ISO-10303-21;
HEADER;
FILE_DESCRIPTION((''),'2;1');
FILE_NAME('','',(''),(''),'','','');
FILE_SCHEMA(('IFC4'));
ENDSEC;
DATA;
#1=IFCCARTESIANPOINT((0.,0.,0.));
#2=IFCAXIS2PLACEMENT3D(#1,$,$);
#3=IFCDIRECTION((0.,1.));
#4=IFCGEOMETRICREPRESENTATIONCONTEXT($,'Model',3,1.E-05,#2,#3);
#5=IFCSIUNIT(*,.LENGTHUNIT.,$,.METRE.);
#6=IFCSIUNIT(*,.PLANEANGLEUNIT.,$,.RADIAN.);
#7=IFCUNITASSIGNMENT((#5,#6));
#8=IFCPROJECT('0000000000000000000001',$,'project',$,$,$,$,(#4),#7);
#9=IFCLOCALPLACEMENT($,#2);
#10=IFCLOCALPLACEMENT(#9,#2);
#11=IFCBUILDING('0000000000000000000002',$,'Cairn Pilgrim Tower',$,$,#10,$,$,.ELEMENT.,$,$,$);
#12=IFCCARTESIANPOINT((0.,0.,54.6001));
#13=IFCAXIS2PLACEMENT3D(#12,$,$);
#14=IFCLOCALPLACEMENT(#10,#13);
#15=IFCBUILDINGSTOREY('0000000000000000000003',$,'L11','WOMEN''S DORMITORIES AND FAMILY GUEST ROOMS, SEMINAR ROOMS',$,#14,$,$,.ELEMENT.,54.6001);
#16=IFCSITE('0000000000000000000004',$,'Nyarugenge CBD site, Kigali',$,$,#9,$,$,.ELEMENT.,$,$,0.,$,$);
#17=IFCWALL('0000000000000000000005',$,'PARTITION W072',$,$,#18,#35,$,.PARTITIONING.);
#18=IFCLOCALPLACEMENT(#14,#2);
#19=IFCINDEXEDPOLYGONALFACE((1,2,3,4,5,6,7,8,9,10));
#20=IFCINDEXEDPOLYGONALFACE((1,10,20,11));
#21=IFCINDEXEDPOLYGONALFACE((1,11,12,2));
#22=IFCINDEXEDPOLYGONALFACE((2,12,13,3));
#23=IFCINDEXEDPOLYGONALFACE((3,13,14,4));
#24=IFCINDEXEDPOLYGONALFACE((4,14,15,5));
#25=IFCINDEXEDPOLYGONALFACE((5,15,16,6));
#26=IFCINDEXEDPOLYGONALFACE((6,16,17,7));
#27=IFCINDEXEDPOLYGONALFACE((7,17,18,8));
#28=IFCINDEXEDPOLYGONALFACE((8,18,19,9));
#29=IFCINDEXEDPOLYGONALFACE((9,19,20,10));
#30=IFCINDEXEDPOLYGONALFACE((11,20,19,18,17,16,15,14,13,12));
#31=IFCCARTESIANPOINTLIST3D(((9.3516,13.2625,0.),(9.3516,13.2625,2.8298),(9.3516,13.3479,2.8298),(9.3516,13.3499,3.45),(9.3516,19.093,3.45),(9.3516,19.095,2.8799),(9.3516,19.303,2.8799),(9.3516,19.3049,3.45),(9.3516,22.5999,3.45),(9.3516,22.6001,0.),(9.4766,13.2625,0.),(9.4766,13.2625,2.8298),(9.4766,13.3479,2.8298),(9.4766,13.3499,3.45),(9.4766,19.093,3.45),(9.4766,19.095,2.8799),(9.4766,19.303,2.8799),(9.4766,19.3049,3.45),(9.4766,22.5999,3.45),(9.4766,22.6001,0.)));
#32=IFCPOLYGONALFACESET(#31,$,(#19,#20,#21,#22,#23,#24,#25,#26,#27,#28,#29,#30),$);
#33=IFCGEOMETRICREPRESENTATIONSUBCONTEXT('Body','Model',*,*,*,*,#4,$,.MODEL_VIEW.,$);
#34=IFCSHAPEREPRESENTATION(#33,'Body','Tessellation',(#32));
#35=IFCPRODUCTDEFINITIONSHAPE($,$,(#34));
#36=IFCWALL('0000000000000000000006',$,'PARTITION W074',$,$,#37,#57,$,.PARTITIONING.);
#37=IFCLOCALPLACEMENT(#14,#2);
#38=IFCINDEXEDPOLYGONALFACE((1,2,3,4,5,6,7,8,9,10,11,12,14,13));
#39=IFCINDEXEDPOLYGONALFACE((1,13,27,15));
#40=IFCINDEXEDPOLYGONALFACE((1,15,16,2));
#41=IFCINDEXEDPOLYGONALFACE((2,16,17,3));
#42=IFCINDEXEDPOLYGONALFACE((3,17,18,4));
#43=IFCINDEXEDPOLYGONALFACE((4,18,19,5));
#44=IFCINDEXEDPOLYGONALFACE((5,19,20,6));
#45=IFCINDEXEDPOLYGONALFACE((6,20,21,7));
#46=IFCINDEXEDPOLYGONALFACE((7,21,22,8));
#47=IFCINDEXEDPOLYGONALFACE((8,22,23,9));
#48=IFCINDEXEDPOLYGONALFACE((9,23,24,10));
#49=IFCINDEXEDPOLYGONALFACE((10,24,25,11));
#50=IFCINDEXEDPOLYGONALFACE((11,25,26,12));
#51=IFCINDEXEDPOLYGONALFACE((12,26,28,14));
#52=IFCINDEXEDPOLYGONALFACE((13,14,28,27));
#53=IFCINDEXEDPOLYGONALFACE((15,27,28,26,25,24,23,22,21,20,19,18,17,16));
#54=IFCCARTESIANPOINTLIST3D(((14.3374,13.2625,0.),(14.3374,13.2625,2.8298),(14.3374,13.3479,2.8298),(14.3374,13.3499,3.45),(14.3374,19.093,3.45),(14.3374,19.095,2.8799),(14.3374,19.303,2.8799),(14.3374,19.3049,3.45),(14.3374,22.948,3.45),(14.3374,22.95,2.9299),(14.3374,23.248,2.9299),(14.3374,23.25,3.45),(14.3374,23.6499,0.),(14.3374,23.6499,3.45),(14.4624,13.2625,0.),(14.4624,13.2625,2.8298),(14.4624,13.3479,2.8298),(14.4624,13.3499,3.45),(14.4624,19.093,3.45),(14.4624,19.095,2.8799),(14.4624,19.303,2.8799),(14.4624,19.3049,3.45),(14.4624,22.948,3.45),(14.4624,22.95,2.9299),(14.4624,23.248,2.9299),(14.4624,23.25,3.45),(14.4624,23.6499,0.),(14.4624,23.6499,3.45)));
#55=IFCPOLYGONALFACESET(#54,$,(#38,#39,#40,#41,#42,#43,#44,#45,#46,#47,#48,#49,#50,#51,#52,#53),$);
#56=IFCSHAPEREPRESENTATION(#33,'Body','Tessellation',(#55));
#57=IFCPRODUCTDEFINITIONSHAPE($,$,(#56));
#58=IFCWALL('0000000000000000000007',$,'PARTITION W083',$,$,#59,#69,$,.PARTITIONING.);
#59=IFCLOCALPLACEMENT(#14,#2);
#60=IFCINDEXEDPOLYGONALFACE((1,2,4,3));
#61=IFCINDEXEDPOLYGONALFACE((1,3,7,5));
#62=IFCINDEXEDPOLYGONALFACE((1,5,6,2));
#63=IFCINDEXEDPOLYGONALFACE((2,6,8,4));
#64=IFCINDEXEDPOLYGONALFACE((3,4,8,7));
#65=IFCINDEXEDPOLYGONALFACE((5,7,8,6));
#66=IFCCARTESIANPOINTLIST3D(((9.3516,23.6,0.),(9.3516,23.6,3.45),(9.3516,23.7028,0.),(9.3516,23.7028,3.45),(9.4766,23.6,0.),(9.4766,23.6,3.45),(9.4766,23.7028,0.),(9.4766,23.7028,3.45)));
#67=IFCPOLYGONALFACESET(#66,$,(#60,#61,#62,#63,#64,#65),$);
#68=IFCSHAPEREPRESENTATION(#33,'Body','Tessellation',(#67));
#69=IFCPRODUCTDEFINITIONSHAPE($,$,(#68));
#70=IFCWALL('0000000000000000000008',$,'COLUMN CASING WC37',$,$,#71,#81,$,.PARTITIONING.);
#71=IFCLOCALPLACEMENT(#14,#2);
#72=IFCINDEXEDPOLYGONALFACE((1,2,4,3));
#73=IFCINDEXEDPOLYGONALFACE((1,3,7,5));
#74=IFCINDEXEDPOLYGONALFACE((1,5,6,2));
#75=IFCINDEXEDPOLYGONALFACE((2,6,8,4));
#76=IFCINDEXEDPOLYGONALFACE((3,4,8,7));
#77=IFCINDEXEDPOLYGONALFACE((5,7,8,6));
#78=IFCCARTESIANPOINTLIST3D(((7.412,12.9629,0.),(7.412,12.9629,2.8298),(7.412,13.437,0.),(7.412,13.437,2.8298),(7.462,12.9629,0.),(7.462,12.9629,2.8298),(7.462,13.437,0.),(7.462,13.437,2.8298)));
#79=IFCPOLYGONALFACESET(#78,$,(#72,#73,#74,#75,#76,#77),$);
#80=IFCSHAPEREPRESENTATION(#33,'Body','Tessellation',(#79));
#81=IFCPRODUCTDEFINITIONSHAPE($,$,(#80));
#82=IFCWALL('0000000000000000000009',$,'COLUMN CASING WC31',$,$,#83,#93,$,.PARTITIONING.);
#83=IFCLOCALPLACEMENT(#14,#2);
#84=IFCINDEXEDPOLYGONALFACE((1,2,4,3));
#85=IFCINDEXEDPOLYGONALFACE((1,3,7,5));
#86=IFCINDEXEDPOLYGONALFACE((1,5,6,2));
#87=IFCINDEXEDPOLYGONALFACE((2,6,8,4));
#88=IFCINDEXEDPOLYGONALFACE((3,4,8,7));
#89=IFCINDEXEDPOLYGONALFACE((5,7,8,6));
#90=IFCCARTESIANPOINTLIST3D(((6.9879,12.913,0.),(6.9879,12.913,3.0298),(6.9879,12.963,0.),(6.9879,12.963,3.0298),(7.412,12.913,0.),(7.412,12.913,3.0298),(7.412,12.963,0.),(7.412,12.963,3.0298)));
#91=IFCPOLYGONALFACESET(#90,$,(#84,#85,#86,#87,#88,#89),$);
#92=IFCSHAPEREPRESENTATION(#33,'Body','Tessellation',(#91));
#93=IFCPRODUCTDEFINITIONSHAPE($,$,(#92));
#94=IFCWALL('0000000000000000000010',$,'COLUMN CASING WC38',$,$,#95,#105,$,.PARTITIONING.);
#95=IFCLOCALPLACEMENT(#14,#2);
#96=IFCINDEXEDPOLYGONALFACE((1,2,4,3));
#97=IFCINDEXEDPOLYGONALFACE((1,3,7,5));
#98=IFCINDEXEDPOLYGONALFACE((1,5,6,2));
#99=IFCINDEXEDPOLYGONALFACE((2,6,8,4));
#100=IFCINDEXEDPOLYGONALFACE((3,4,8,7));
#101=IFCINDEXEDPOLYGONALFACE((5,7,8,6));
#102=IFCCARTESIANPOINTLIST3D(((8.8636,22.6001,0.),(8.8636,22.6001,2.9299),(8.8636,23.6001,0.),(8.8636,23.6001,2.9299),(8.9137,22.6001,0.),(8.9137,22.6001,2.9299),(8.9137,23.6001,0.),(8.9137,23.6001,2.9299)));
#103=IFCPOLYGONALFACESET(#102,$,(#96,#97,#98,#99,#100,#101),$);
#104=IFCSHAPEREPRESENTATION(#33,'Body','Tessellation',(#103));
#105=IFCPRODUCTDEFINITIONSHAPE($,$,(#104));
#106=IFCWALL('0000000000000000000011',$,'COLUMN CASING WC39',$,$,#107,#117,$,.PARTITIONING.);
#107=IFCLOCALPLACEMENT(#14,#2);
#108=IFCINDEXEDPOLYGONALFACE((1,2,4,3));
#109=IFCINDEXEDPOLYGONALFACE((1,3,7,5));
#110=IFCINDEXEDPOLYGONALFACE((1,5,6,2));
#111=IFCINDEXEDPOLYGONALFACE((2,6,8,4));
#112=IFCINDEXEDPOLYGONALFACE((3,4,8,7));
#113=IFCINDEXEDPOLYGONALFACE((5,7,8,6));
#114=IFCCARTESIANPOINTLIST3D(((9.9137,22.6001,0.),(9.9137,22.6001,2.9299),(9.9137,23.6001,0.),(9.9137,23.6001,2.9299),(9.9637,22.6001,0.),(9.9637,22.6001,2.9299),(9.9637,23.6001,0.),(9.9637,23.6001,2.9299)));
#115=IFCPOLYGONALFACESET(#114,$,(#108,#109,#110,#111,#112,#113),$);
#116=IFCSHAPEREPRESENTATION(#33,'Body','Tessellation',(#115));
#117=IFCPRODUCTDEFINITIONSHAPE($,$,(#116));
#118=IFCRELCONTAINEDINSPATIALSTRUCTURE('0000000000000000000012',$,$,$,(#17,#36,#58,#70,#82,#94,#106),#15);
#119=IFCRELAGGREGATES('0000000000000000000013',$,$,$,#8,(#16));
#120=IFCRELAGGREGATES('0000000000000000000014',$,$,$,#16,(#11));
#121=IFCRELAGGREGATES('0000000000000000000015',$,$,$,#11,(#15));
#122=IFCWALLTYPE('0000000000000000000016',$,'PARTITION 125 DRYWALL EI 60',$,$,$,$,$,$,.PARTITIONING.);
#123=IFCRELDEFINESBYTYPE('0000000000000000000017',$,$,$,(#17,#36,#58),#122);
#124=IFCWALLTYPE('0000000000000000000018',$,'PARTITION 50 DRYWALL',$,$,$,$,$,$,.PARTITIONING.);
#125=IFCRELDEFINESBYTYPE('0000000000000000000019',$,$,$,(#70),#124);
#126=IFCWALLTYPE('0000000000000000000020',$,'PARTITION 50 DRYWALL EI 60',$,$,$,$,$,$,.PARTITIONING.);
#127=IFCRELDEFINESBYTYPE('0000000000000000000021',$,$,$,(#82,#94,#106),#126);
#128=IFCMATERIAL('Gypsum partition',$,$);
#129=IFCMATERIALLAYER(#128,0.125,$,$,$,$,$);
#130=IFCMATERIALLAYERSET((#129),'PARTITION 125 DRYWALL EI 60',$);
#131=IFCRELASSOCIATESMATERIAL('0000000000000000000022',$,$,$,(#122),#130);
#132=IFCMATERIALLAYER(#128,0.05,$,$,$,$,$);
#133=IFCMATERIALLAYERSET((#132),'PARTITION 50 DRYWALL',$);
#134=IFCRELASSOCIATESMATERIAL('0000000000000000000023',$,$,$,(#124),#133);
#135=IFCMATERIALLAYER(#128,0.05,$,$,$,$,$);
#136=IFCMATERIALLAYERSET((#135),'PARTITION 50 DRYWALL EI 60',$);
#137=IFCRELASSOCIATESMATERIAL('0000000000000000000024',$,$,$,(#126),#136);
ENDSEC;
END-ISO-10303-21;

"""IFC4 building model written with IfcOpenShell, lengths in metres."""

from ifc_helpers import new_model, si_unit, direction, frame, frame_2d, origin, place, context, subcontext, project, spatial, polyline, rectangle, outline, extrude, material, layer, layer_set, type_object, element, save


model = new_model("IFC4")

# Units and contexts
model_context = context("Model", 3, precision=1e-05, world=origin(), true_north=direction((0.0, 1.0)))
body_context = subcontext(model_context, "Body", "Model", "MODEL_VIEW")
ifc_project = project(units=[si_unit("LENGTHUNIT", "METRE"), si_unit("PLANEANGLEUNIT", "RADIAN")], contexts=[model_context])

# Site, building, storey
site_placement = place(None, origin())
site = spatial("IfcSite", under=ifc_project, at=site_placement, Name="Nyarugenge CBD site, Kigali", CompositionType="ELEMENT", RefElevation=0.0)
building_placement = place(site_placement, origin())
building = spatial("IfcBuilding", under=site, at=building_placement, Name="Cairn Pilgrim Tower", CompositionType="ELEMENT")
storey_placement = place(building_placement, frame((0.0, 0.0, 54.6001)))
storey = spatial("IfcBuildingStorey", under=building, at=storey_placement, Name="L11", Description="WOMEN'S DORMITORIES AND FAMILY GUEST ROOMS, SEMINAR ROOMS", CompositionType="ELEMENT", Elevation=54.6001)

# Shared definitions
ifc_material_1 = material(Name="Gypsum partition")

# Shared definitions
ifc_layer_1 = layer(ifc_material_1, 0.125)
ifc_layer_set_1 = layer_set([ifc_layer_1], Name="PARTITION 125 DRYWALL EI 60")
wall_type_1 = type_object("IfcWallType", Name="PARTITION 125 DRYWALL EI 60", PredefinedType="PARTITIONING", material=ifc_layer_set_1)

# Walls
wall_1_placement = place(storey_placement, frame((9.4141, 13.2625, 0.0), z_axis=(0.0, 0.0, 1.0), x_axis=(0.0, 1.0, 0.0)))
element("IfcWall", 1, at=wall_1_placement, inside=storey, type_object=wall_type_1, Name="PARTITION W072", PredefinedType="PARTITIONING", context=body_context, shape_type="SweptSolid", body=[
    extrude(outline(polyline([(0.0, 0.0), (9.3376, 0.0), (9.3374, 3.45), (6.0425, 3.45), (6.0405, 2.8799), (5.8325, 2.8799), (5.8306, 3.45), (0.0874, 3.45), (0.0854, 2.8298), (0.0, 2.8298), (0.0, 0.0)])), frame((0.0, 0.0625, 0.0), z_axis=(0.0, -1.0, 0.0), x_axis=(1.0, 0.0, 0.0)), (0.0, 0.0, 1.0), 0.125),
])
wall_2_placement = place(storey_placement, frame((14.3999, 13.2625, 0.0), z_axis=(0.0, 0.0, 1.0), x_axis=(0.0, 1.0, 0.0)))
element("IfcWall", 2, at=wall_2_placement, inside=storey, type_object=wall_type_1, Name="PARTITION W074", PredefinedType="PARTITIONING", context=body_context, shape_type="SweptSolid", body=[
    extrude(outline(polyline([(0.0, 0.0), (10.3875, 0.0), (10.3875, 3.45), (9.9875, 3.45), (9.9856, 2.9299), (9.6875, 2.9299), (9.6855, 3.45), (6.0425, 3.45), (6.0405, 2.8799), (5.8325, 2.8799), (5.8306, 3.45), (0.0874, 3.45), (0.0854, 2.8298), (0.0, 2.8298), (0.0, 0.0)])), frame((0.0, 0.0625, 0.0), z_axis=(0.0, -1.0, 0.0), x_axis=(1.0, 0.0, 0.0)), (0.0, 0.0, 1.0), 0.125),
])
wall_3_placement = place(storey_placement, frame((9.4141, 23.6001, 0.0), z_axis=(0.0, 0.0, 1.0), x_axis=(0.0, 1.0, 0.0)))
element("IfcWall", 3, at=wall_3_placement, inside=storey, type_object=wall_type_1, Name="PARTITION W083", PredefinedType="PARTITIONING", context=body_context, shape_type="SweptSolid", body=[
    extrude(rectangle(XDim=0.1028, YDim=0.125, at=frame_2d((0.0513, 0.0))), origin(), (0.0, 0.0, 1.0), 3.45),
])
ifc_layer_2 = layer(ifc_material_1, 0.05)
ifc_layer_set_2 = layer_set([ifc_layer_2], Name="PARTITION 50 DRYWALL")
wall_type_2 = type_object("IfcWallType", Name="PARTITION 50 DRYWALL", PredefinedType="PARTITIONING", material=ifc_layer_set_2)
wall_4_placement = place(storey_placement, frame((7.437, 12.9629, 0.0), z_axis=(0.0, 0.0, 1.0), x_axis=(0.0, 1.0, 0.0)))
element("IfcWall", 4, at=wall_4_placement, inside=storey, type_object=wall_type_2, Name="COLUMN CASING WC37", PredefinedType="PARTITIONING", context=body_context, shape_type="SweptSolid", body=[
    extrude(rectangle(XDim=0.4741, YDim=0.05, at=frame_2d((0.2371, 0.0))), origin(), (0.0, 0.0, 1.0), 2.8298),
])
ifc_layer_3 = layer(ifc_material_1, 0.05)
ifc_layer_set_3 = layer_set([ifc_layer_3], Name="PARTITION 50 DRYWALL EI 60")
wall_type_3 = type_object("IfcWallType", Name="PARTITION 50 DRYWALL EI 60", PredefinedType="PARTITIONING", material=ifc_layer_set_3)
wall_5_placement = place(storey_placement, frame((6.988, 12.938, 0.0), z_axis=(0.0, 0.0, 1.0), x_axis=(1.0, 0.0, 0.0)))
element("IfcWall", 5, at=wall_5_placement, inside=storey, type_object=wall_type_3, Name="COLUMN CASING WC31", PredefinedType="PARTITIONING", context=body_context, shape_type="SweptSolid", body=[
    extrude(rectangle(XDim=0.4241, YDim=0.05, at=frame_2d((0.2119, 0.0))), origin(), (0.0, 0.0, 1.0), 3.0298),
])
for number, where, z_axis, x_axis, name in (
    (6, (8.8887, 22.6001, 0.0), (0.0, 0.0, 1.0), (0.0, 1.0, 0.0), "COLUMN CASING WC38"),
    (7, (9.9387, 22.6001, 0.0), (0.0, 0.0, 1.0), (0.0, 1.0, 0.0), "COLUMN CASING WC39"),
):
    element("IfcWall", number, at=place(storey_placement, frame(where, z_axis=z_axis, x_axis=x_axis)), inside=storey, type_object=wall_type_3, Name=name, PredefinedType="PARTITIONING", context=body_context, shape_type="SweptSolid", body=[
        extrude(rectangle(XDim=1.0, YDim=0.05, at=frame_2d((0.5, 0.0))), origin(), (0.0, 0.0, 1.0), 2.9299),
    ])

save(model, "model.ifc")
